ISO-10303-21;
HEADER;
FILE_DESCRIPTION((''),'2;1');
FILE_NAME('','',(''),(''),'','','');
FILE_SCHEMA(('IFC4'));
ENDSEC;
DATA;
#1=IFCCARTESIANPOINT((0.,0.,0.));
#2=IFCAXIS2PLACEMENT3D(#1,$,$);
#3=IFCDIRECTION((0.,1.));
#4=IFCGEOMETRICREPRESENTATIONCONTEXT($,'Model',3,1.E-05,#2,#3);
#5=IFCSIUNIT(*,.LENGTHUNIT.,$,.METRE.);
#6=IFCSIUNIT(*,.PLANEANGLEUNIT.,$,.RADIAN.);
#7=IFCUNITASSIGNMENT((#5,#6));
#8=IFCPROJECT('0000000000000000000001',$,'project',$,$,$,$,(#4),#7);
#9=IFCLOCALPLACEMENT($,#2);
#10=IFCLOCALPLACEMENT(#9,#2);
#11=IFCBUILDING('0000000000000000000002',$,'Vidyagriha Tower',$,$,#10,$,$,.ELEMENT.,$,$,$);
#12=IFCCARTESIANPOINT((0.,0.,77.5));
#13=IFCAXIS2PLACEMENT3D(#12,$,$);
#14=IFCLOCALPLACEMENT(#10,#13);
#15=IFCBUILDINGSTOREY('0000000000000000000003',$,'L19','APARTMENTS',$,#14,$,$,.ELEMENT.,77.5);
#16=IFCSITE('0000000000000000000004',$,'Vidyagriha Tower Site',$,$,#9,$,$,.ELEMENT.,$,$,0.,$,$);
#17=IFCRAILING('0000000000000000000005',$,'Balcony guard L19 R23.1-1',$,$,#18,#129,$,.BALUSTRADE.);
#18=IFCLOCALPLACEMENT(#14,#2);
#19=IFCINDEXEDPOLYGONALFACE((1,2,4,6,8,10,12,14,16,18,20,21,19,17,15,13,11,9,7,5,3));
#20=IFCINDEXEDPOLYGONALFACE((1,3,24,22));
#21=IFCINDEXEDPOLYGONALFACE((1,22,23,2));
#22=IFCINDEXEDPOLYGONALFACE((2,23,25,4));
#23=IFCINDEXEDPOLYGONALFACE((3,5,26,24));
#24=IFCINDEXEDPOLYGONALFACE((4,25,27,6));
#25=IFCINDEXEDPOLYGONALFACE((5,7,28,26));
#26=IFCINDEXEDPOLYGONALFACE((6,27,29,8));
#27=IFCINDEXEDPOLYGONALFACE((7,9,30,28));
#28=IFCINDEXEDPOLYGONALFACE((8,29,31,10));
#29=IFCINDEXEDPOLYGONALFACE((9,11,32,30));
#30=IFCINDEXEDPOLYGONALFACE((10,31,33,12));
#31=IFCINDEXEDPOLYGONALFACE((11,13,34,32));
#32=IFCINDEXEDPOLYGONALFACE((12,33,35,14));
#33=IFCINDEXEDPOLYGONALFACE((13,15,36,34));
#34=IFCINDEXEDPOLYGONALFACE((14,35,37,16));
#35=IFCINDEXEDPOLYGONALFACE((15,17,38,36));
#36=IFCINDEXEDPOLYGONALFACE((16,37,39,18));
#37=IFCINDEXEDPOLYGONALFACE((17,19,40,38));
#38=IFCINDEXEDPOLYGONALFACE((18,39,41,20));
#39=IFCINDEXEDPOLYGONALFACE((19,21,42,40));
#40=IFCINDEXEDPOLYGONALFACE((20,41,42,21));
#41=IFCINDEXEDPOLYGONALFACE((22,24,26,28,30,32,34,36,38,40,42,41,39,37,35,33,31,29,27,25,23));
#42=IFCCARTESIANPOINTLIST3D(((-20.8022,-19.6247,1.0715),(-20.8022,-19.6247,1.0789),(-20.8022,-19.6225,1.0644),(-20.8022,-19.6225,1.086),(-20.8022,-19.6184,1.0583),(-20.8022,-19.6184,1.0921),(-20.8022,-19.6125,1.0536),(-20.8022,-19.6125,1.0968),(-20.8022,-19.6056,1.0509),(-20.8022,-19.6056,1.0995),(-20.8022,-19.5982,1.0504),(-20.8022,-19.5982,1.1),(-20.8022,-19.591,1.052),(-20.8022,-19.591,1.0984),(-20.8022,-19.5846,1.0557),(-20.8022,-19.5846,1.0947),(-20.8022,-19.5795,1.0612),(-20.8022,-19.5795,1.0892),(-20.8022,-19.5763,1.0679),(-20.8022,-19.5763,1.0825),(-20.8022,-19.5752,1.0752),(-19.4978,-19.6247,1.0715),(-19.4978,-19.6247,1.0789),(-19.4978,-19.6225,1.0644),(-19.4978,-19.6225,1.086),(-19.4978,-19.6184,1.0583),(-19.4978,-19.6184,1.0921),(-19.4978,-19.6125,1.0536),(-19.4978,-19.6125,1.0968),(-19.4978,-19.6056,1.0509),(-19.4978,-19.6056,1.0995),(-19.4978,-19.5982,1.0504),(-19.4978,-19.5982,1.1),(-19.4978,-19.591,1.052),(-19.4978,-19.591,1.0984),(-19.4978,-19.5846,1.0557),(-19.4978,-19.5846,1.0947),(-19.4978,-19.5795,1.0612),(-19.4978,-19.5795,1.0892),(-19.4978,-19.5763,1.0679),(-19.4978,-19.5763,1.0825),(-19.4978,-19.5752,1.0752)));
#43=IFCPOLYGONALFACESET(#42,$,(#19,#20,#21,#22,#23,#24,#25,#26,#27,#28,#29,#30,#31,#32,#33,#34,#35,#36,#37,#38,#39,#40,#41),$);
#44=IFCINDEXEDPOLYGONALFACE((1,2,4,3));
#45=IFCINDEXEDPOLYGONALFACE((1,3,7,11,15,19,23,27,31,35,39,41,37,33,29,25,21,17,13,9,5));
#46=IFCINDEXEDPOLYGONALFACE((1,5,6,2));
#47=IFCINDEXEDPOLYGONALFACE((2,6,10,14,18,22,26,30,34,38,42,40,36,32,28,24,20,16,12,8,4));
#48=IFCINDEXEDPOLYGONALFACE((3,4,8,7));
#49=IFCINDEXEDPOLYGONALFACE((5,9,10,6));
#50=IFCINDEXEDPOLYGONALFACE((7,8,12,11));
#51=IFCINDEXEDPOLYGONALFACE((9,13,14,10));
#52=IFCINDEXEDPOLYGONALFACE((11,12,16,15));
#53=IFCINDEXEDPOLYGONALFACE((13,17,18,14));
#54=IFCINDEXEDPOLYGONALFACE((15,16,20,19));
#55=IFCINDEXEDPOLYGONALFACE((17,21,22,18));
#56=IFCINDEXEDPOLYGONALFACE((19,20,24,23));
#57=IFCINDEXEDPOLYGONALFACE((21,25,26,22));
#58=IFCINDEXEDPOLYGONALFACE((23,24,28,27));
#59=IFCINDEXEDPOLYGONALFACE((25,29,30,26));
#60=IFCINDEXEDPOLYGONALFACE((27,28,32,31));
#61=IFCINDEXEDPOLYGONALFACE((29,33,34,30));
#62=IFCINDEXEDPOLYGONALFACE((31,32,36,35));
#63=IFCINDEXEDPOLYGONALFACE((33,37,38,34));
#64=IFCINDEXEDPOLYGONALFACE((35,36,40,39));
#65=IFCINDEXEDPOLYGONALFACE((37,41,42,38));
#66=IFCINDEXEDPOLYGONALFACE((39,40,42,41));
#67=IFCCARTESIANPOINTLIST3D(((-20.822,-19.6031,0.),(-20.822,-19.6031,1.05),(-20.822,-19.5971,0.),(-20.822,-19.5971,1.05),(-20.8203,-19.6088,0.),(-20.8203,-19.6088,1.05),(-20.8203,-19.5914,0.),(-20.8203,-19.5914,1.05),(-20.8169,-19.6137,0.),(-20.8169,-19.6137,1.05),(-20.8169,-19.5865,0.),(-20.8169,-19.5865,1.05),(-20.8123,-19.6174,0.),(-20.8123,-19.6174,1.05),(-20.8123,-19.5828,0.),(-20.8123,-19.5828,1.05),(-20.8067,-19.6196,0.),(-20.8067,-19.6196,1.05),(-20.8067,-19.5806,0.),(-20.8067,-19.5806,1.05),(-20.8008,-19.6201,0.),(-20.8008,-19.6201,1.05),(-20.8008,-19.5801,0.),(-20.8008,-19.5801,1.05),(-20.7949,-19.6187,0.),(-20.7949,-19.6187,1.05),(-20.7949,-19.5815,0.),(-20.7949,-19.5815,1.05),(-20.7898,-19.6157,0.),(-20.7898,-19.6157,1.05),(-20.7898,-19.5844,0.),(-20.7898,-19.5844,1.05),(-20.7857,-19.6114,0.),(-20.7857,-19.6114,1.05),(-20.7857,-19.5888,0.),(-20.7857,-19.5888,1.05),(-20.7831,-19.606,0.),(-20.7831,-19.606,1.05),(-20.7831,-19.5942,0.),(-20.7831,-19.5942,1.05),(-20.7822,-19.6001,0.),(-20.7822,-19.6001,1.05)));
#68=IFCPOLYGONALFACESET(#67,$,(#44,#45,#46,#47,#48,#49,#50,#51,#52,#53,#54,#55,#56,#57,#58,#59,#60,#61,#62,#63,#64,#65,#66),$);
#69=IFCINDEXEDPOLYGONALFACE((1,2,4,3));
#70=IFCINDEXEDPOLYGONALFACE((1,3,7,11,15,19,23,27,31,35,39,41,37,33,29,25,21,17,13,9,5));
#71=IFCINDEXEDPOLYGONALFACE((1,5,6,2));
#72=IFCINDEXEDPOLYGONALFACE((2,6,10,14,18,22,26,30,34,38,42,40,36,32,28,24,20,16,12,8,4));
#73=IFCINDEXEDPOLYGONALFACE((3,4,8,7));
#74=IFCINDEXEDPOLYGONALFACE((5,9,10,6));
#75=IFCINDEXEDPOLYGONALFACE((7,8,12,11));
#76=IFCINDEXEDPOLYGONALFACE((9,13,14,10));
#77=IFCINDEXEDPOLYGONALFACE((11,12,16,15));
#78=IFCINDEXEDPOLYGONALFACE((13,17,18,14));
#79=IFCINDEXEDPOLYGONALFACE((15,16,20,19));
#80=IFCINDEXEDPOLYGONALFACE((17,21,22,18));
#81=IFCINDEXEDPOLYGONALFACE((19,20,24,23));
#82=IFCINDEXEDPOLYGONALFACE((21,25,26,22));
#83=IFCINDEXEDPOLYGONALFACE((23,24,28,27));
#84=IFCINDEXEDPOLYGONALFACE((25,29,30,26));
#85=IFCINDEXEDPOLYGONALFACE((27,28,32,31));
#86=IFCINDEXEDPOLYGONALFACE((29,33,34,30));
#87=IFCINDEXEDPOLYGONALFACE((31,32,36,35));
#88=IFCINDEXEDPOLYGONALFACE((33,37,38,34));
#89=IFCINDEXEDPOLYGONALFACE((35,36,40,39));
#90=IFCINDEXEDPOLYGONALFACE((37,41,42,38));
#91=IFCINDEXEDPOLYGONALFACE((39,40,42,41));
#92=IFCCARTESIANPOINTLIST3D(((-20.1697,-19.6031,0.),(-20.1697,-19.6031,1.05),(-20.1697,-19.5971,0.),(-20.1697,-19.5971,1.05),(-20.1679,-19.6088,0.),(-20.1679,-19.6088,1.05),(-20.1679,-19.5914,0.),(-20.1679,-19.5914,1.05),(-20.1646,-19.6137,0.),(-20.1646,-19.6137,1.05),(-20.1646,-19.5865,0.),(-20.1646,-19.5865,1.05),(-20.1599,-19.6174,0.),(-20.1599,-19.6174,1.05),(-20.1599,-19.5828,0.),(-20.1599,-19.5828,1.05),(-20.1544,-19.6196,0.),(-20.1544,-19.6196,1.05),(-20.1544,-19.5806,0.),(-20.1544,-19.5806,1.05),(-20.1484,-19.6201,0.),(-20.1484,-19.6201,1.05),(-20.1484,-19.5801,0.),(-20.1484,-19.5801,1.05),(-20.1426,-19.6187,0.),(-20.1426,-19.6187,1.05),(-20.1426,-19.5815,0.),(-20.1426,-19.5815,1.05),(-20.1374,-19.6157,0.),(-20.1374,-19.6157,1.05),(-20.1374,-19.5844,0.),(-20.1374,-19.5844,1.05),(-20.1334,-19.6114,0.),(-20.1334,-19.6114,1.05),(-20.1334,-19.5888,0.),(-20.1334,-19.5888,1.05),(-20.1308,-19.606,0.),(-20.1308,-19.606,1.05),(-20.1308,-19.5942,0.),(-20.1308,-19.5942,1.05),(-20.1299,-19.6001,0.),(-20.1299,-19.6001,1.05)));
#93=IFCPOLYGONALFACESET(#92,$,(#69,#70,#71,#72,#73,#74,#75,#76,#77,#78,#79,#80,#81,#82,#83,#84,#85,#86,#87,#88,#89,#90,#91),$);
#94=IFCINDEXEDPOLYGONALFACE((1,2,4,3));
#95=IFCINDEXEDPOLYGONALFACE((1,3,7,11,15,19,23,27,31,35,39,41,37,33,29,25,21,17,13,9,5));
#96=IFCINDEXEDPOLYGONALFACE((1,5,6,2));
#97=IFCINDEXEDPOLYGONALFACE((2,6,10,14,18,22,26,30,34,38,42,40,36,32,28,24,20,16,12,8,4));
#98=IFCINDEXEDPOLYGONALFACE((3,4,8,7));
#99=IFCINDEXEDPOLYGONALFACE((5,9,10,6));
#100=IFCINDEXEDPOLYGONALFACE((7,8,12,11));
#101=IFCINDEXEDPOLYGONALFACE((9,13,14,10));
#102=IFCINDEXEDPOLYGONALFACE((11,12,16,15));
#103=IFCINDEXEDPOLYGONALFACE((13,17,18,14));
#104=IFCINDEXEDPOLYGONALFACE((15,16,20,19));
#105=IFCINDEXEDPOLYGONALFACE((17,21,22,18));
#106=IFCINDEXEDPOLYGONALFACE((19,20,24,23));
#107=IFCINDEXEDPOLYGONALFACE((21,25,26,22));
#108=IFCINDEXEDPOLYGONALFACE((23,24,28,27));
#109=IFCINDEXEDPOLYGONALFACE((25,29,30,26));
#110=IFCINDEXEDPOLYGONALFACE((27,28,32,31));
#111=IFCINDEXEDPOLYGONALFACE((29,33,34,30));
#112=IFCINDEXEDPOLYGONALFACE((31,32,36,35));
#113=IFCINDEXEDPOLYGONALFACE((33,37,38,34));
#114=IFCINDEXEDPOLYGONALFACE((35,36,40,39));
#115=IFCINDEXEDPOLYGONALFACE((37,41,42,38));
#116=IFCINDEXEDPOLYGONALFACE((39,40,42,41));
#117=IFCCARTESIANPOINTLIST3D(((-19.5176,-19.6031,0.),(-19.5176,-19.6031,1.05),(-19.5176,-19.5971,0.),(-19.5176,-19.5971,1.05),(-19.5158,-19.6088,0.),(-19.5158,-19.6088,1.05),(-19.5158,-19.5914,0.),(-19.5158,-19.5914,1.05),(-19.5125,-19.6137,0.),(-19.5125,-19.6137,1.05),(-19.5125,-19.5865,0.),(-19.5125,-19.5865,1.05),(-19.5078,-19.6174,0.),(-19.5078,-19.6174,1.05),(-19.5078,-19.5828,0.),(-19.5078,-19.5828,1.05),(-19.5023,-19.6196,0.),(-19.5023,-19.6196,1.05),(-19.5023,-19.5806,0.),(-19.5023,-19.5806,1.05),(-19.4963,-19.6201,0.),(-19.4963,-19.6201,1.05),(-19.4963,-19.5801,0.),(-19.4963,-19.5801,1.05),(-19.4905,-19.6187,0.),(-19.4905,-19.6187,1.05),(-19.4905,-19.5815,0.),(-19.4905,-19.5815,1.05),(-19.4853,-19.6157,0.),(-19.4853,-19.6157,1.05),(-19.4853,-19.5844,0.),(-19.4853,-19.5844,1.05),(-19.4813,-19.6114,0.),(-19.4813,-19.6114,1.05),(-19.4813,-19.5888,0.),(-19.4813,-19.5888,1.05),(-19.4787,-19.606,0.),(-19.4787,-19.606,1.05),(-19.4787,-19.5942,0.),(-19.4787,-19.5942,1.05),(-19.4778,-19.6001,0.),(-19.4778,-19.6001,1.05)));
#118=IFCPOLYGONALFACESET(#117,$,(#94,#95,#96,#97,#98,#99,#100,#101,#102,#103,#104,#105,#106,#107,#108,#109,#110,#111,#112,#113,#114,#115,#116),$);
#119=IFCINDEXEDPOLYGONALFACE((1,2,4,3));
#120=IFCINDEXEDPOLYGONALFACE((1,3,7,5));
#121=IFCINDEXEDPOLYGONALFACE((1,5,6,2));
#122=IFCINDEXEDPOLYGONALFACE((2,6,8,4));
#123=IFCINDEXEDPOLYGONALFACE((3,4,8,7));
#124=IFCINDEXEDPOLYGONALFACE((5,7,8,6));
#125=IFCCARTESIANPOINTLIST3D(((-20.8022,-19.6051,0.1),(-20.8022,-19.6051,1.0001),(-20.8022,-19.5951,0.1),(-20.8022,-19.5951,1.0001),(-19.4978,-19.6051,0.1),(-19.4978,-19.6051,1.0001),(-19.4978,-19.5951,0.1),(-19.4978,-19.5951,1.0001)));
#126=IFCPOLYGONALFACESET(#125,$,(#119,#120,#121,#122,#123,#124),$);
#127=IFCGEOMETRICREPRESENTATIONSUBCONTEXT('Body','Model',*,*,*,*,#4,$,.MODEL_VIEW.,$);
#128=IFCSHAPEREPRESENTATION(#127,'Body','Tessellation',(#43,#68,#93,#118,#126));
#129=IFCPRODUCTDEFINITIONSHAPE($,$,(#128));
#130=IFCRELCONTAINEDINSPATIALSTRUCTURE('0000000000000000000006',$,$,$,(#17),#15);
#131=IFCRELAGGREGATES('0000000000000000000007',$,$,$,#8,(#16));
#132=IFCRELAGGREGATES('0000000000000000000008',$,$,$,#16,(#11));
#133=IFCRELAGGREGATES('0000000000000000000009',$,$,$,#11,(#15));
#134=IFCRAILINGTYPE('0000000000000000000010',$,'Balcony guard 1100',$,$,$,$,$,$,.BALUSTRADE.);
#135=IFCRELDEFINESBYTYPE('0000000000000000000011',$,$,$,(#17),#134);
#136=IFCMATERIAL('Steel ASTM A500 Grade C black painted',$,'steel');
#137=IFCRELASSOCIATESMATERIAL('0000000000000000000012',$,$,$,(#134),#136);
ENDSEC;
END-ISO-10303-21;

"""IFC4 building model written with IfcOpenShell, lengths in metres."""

from ifc_helpers import new_model, si_unit, direction, frame, origin, origin_2d, place, context, subcontext, project, spatial, rectangle, circle, extrude, material, type_object, element, save


model = new_model("IFC4")

# Units and contexts
model_context = context("Model", 3, precision=1e-05, world=origin(), true_north=direction((0.0, 1.0)))
body_context = subcontext(model_context, "Body", "Model", "MODEL_VIEW")
ifc_project = project(units=[si_unit("LENGTHUNIT", "METRE"), si_unit("PLANEANGLEUNIT", "RADIAN")], contexts=[model_context])

# Site, building, storey
site_placement = place(None, origin())
site = spatial("IfcSite", under=ifc_project, at=site_placement, Name="Vidyagriha Tower Site", CompositionType="ELEMENT", RefElevation=0.0)
building_placement = place(site_placement, origin())
building = spatial("IfcBuilding", under=site, at=building_placement, Name="Vidyagriha Tower", CompositionType="ELEMENT")
storey_placement = place(building_placement, frame((0.0, 0.0, 77.5)))
storey = spatial("IfcBuildingStorey", under=building, at=storey_placement, Name="L19", Description="APARTMENTS", CompositionType="ELEMENT", Elevation=77.5)

# Railing
ifc_material_1 = material(Name="Steel ASTM A500 Grade C black painted", Category="steel")
railing_type_1 = type_object("IfcRailingType", Name="Balcony guard 1100", PredefinedType="BALUSTRADE", material=ifc_material_1)
railing_1_placement = place(storey_placement, frame((-20.8022, -19.6001, 0.0)))
element("IfcRailing", 1, at=railing_1_placement, inside=storey, type_object=railing_type_1, Name="Balcony guard L19 R23.1-1", PredefinedType="BALUSTRADE", context=body_context, shape_type="SweptSolid", body=[
    extrude(circle(Radius=0.0249, at=origin_2d()), frame((0.0, 0.0, 1.0752), z_axis=(1.0, 0.0, 0.0), x_axis=(0.0, 1.0, 0.0)), (0.0, 0.0, 1.0), 1.3044),
    extrude(circle(Radius=0.02, at=origin_2d()), origin(), (0.0, 0.0, 1.0), 1.05),
    extrude(circle(Radius=0.02, at=origin_2d()), frame((0.6523, 0.0, 0.0)), (0.0, 0.0, 1.0), 1.05),
    extrude(circle(Radius=0.02, at=origin_2d()), frame((1.3044, 0.0, 0.0)), (0.0, 0.0, 1.0), 1.05),
    extrude(rectangle(XDim=0.01, YDim=0.9001, at=origin_2d()), frame((0.0, 0.0, 0.55), z_axis=(1.0, 0.0, 0.0), x_axis=(0.0, 1.0, 0.0)), (0.0, 0.0, 1.0), 1.3044),
])

save(model, "model.ifc")
